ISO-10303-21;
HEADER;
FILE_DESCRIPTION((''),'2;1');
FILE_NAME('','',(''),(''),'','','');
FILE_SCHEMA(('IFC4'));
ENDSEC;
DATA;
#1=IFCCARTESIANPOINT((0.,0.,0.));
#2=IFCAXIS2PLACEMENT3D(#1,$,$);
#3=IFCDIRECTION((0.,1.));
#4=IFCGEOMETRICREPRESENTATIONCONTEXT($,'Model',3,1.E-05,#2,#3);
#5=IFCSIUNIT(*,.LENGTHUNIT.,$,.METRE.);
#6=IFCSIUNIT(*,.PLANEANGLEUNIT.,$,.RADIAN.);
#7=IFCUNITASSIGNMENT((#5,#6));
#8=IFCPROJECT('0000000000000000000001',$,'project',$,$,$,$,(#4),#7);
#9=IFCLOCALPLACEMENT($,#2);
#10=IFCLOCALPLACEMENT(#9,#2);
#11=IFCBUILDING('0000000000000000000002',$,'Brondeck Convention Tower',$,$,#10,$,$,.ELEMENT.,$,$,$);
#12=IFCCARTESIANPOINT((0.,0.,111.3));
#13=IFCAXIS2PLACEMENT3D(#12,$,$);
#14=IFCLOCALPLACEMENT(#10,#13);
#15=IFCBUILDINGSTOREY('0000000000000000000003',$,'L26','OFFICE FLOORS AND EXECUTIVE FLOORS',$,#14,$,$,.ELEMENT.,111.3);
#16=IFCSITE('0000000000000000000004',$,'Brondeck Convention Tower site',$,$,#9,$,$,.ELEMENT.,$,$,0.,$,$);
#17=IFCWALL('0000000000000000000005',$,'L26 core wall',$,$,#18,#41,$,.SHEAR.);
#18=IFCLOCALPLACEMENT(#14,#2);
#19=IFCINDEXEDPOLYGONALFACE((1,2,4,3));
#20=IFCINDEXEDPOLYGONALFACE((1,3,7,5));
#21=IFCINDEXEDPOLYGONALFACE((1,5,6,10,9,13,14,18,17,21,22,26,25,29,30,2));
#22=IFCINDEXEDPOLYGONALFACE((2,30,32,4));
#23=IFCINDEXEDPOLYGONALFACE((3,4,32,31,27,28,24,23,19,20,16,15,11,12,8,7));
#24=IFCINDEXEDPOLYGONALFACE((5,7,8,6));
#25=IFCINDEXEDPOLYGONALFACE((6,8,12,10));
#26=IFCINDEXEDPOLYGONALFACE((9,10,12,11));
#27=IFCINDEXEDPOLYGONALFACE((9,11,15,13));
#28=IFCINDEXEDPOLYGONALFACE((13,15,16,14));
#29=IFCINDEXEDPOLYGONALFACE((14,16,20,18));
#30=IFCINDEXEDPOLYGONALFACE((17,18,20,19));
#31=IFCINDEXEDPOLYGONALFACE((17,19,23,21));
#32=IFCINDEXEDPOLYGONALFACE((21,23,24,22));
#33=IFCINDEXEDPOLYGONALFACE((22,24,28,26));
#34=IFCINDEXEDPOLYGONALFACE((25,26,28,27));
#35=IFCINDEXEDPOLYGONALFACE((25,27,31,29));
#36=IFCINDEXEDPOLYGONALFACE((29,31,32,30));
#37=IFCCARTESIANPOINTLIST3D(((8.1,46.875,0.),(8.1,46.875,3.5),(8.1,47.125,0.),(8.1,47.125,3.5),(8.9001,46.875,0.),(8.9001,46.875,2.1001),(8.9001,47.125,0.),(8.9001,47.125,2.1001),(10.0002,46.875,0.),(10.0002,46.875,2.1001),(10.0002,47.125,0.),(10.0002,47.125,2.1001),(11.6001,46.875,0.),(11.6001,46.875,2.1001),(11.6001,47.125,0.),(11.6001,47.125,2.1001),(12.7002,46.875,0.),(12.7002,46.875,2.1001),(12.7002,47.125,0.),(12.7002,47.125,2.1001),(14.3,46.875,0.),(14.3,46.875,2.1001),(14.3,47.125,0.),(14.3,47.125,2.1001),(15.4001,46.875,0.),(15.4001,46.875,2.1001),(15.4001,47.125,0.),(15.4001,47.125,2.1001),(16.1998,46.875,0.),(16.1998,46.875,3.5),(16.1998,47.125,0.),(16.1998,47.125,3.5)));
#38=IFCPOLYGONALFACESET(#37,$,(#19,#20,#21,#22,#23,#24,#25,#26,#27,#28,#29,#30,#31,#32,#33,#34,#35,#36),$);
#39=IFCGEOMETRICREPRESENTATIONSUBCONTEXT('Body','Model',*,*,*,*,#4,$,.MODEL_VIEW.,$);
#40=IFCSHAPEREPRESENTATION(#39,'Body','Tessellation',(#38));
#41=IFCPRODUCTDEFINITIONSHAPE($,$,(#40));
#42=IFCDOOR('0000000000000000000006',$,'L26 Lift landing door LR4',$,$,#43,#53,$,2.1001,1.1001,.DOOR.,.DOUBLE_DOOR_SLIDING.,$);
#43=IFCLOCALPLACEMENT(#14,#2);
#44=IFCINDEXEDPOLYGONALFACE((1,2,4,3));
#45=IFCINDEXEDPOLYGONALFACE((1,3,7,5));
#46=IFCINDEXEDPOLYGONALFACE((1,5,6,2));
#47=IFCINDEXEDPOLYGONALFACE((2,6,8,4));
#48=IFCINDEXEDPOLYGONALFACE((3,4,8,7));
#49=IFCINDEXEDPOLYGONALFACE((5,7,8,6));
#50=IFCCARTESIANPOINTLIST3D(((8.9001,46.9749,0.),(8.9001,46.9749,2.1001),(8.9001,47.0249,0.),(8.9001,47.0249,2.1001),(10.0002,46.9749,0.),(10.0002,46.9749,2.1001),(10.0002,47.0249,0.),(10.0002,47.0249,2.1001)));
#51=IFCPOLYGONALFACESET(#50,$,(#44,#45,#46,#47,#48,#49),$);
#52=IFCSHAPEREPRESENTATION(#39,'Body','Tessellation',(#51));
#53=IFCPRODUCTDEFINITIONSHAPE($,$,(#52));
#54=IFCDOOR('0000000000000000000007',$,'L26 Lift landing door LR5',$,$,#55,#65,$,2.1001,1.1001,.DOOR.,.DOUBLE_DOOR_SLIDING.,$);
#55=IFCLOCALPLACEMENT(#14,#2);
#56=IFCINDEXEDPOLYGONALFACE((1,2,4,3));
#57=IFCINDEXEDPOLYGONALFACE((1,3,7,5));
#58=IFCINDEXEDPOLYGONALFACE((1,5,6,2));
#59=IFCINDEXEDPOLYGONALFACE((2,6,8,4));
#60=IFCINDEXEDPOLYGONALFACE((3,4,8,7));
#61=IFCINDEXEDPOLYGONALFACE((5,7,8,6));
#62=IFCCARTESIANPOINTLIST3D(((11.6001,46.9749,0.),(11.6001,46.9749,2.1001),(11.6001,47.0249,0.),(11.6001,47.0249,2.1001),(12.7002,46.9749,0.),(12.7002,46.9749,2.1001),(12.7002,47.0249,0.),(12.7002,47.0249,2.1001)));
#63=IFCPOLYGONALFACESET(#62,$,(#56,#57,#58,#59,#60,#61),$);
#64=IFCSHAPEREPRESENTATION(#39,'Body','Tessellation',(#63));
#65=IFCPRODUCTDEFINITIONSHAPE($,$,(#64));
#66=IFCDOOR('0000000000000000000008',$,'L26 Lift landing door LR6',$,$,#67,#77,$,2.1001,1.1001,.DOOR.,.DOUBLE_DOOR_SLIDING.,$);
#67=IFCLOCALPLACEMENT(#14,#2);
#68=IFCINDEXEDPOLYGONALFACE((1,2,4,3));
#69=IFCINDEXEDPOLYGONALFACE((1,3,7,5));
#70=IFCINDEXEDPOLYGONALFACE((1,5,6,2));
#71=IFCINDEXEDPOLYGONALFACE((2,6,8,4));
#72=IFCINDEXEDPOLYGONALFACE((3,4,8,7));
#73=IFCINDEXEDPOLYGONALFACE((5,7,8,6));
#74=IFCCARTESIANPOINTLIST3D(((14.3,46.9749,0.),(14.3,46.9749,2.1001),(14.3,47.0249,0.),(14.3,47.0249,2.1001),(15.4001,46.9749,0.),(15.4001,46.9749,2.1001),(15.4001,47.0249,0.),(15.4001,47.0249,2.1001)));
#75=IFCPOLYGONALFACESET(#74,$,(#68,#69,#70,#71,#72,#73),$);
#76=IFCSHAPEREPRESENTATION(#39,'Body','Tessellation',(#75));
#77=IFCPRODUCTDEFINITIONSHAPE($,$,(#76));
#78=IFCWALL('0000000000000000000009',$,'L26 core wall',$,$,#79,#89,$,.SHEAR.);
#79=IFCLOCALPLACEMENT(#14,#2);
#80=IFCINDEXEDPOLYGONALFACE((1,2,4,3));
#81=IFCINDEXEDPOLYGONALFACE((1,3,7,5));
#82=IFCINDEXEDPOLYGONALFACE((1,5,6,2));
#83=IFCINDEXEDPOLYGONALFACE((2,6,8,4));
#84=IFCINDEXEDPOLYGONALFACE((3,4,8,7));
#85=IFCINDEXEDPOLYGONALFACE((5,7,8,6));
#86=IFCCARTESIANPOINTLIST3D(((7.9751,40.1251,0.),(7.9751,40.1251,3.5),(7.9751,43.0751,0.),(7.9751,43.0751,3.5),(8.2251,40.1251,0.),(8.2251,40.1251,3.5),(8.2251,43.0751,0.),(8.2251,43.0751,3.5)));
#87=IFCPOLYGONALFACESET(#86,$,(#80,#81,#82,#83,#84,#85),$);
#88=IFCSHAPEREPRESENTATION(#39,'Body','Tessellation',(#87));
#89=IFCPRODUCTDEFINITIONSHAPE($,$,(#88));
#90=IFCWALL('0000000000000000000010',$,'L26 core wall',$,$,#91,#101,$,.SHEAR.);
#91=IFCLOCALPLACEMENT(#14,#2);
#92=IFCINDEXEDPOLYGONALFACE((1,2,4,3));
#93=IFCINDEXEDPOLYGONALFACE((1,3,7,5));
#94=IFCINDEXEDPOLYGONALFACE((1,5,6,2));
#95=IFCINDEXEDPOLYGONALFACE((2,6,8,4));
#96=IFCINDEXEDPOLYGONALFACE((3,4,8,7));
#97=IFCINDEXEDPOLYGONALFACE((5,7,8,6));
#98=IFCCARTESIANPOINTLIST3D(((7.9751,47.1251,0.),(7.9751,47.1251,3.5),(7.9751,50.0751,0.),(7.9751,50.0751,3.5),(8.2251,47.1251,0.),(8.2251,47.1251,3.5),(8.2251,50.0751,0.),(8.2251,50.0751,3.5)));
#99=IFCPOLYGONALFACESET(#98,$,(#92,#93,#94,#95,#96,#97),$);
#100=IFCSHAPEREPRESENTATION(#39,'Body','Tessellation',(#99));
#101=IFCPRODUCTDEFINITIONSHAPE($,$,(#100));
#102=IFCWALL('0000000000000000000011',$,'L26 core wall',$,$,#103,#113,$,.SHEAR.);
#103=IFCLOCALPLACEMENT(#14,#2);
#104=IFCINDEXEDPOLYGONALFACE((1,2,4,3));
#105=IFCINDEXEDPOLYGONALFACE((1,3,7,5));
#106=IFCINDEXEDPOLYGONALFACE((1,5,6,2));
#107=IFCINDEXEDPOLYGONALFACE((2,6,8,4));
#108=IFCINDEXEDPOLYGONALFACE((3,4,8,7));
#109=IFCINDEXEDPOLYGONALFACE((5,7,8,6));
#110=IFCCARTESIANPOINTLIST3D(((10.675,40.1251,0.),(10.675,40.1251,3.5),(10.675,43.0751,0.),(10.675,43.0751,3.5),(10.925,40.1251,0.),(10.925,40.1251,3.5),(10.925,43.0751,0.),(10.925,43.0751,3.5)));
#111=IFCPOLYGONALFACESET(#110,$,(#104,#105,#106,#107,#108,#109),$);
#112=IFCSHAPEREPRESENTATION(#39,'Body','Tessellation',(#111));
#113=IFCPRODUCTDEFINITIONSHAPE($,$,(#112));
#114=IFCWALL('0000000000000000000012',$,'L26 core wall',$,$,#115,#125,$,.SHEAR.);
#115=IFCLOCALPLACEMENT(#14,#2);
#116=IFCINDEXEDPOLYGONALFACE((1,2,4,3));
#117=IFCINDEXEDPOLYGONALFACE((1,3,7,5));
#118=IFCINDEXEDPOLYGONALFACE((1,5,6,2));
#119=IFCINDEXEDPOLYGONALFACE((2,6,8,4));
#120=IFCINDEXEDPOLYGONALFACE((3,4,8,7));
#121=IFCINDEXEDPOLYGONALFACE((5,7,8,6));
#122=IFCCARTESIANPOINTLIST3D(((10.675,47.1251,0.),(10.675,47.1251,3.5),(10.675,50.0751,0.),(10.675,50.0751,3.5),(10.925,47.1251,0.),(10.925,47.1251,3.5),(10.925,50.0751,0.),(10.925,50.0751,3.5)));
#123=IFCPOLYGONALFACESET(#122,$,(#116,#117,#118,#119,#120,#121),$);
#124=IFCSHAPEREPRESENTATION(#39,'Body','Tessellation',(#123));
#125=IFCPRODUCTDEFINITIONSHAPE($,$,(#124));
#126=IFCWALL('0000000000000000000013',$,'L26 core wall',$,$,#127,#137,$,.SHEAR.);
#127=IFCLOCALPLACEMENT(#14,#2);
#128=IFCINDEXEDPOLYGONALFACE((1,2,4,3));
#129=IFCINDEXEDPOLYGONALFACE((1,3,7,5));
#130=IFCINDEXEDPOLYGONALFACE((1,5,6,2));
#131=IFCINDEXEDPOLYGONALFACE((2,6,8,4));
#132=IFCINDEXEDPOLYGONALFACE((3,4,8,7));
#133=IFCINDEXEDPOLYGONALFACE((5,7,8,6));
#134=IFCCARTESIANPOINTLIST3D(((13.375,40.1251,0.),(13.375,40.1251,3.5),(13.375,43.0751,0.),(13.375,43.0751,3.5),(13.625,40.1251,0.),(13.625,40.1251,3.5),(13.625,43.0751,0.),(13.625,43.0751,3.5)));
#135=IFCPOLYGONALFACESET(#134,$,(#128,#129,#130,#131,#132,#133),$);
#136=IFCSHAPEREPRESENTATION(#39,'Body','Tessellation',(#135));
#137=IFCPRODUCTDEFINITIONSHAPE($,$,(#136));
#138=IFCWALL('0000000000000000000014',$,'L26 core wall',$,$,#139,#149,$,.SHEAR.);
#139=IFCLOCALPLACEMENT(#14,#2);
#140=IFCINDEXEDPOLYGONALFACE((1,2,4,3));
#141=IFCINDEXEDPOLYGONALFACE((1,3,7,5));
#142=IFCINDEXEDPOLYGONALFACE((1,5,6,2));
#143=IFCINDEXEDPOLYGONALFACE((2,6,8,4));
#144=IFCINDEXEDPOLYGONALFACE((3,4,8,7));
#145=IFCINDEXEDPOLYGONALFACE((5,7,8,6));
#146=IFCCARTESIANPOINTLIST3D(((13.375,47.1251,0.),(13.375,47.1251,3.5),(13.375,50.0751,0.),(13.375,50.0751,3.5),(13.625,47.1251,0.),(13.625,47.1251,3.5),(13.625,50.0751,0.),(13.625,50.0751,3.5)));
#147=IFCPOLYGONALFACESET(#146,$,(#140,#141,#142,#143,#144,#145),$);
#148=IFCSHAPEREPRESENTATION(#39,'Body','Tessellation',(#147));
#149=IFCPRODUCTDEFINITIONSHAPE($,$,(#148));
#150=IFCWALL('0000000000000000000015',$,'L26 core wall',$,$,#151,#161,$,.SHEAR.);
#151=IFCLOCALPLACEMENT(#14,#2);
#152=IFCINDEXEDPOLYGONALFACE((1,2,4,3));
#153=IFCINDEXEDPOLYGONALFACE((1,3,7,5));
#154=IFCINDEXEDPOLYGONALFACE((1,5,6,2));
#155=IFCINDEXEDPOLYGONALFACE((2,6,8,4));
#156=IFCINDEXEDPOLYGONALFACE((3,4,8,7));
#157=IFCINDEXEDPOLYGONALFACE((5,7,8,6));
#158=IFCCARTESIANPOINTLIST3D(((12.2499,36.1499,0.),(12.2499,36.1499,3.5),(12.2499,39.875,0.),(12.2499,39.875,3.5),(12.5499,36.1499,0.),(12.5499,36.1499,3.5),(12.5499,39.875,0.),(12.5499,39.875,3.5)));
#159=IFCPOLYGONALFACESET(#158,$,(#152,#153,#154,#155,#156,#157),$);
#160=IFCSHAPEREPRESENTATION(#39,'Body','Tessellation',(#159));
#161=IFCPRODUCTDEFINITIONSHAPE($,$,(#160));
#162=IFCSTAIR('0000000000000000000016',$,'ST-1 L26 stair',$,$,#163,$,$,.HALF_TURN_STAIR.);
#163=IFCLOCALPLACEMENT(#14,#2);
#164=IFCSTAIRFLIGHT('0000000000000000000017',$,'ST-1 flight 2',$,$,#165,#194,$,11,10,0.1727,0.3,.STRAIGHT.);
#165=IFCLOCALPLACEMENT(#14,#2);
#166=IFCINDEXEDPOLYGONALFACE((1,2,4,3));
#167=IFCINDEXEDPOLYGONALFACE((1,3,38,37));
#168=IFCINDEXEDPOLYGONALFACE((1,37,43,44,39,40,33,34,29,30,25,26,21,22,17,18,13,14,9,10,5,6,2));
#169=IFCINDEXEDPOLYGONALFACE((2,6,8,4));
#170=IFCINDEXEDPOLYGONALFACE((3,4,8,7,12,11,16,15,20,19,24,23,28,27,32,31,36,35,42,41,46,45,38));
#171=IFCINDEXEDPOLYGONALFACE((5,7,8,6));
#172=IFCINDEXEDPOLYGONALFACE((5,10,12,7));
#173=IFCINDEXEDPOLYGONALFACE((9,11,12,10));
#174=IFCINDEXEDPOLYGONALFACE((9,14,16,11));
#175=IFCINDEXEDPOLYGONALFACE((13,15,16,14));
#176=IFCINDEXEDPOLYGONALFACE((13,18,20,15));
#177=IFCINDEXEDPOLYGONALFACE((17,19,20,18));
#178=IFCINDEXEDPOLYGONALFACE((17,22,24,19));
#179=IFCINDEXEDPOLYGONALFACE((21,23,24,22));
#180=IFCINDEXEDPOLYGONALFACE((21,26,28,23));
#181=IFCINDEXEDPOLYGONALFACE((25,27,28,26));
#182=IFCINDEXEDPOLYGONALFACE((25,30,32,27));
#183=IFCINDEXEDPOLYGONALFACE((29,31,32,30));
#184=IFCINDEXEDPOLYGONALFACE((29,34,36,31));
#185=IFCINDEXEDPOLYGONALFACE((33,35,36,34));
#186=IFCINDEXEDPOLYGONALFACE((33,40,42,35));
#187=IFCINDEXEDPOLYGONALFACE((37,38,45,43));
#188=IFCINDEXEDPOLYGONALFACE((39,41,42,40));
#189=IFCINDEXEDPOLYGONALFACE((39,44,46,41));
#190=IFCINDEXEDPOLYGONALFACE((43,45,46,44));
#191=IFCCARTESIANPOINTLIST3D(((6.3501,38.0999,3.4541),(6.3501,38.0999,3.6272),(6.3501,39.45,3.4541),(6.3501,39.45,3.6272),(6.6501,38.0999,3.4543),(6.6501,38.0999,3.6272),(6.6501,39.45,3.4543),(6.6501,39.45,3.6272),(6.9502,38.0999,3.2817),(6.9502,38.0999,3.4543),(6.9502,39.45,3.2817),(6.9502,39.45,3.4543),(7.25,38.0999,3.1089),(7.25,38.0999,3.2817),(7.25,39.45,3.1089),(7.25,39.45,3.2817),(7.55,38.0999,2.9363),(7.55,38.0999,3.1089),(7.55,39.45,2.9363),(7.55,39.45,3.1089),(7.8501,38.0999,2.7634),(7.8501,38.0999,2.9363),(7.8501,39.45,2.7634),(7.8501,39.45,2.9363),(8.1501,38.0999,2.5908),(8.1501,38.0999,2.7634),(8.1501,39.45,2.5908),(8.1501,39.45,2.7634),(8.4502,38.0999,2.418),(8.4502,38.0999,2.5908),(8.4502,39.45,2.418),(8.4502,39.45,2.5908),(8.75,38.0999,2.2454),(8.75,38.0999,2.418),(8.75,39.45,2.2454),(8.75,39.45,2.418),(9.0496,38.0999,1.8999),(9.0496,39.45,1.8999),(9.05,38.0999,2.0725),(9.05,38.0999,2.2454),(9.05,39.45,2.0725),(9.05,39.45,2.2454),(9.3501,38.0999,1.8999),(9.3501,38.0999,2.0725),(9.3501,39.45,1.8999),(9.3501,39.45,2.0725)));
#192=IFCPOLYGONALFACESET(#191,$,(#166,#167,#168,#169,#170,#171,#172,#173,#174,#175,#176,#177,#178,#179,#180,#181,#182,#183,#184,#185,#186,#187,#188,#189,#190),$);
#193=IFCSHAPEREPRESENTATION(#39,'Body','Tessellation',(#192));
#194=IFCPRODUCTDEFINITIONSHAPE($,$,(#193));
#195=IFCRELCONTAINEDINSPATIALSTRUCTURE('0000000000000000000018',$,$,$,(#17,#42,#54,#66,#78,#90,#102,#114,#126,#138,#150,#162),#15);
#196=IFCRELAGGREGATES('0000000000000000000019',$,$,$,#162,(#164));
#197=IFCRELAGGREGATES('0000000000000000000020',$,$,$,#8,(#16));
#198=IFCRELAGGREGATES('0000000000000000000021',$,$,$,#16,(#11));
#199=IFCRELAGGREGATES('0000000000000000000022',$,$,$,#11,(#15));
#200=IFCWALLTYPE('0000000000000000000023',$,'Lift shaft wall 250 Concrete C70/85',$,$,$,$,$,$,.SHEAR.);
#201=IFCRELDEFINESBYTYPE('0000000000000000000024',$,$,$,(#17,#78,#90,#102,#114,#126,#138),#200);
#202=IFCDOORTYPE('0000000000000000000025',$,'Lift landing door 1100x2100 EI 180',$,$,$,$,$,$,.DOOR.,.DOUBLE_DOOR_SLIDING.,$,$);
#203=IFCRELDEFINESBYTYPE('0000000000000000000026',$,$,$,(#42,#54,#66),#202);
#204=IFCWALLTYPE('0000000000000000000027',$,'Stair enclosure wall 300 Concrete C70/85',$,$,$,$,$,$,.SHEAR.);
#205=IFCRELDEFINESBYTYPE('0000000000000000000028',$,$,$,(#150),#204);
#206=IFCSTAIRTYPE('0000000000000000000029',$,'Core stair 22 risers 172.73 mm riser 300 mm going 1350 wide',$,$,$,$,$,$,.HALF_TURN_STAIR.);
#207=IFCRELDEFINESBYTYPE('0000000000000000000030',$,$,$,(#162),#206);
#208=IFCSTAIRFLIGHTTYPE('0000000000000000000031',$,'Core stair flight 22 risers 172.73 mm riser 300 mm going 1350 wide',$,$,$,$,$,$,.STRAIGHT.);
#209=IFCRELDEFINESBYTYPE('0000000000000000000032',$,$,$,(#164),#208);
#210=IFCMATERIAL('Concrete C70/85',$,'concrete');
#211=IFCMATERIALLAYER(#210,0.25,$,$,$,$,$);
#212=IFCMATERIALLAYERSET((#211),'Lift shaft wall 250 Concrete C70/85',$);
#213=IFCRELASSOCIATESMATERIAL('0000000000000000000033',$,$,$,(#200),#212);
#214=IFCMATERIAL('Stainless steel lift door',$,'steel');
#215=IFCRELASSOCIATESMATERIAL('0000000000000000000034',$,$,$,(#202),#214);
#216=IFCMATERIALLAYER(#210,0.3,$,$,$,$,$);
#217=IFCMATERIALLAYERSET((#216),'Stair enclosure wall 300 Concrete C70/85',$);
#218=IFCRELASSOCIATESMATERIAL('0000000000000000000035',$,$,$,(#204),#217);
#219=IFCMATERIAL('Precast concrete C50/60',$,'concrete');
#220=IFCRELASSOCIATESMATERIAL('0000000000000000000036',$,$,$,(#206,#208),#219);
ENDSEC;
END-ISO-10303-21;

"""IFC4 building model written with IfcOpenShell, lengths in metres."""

from ifc_helpers import new_model, si_unit, direction, frame, frame_2d, origin, place, context, subcontext, project, spatial, polyline, rectangle, outline, extrude, material, layer, layer_set, type_object, element, fill, aggregate, save


model = new_model("IFC4")

# Units and contexts
model_context = context("Model", 3, precision=1e-05, world=origin(), true_north=direction((0.0, 1.0)))
body_context = subcontext(model_context, "Body", "Model", "MODEL_VIEW")
ifc_project = project(units=[si_unit("LENGTHUNIT", "METRE"), si_unit("PLANEANGLEUNIT", "RADIAN")], contexts=[model_context])

# Site, building, storey
site_placement = place(None, origin())
site = spatial("IfcSite", under=ifc_project, at=site_placement, Name="Brondeck Convention Tower site", CompositionType="ELEMENT", RefElevation=0.0)
building_placement = place(site_placement, origin())
building = spatial("IfcBuilding", under=site, at=building_placement, Name="Brondeck Convention Tower", CompositionType="ELEMENT")
storey_placement = place(building_placement, frame((0.0, 0.0, 111.3)))
storey = spatial("IfcBuildingStorey", under=building, at=storey_placement, Name="L26", Description="OFFICE FLOORS AND EXECUTIVE FLOORS", CompositionType="ELEMENT", Elevation=111.3)

# Shared definitions
ifc_material_1 = material(Name="Concrete C70/85", Category="concrete")

# Wall, openings, doors
ifc_layer_1 = layer(ifc_material_1, 0.25)
ifc_layer_set_1 = layer_set([ifc_layer_1], Name="Lift shaft wall 250 Concrete C70/85")
wall_type_1 = type_object("IfcWallType", Name="Lift shaft wall 250 Concrete C70/85", PredefinedType="SHEAR", material=ifc_layer_set_1)
ifc_material_2 = material(Name="Stainless steel lift door", Category="steel")
door_type_1 = type_object("IfcDoorType", Name="Lift landing door 1100x2100 EI 180", OperationType="DOUBLE_DOOR_SLIDING", PredefinedType="DOOR", material=ifc_material_2)
wall_1_placement = place(storey_placement, frame((8.1001, 47.0, 0.0), z_axis=(0.0, 0.0, 1.0), x_axis=(1.0, 0.0, 0.0)))
wall_1 = element("IfcWall", 1, at=wall_1_placement, inside=storey, type_object=wall_type_1, Name="L26 core wall", PredefinedType="SHEAR", context=body_context, shape_type="SweptSolid", body=[
    extrude(rectangle(XDim=8.0999, YDim=0.25, at=frame_2d((4.0498, 0.0))), origin(), (0.0, 0.0, 1.0), 3.5),
])
opening_1_placement = place(wall_1_placement, frame((0.8, 0.0, 0.0)))
opening_1 = element("IfcOpeningElement", 2, at=opening_1_placement, cuts=wall_1, PredefinedType="OPENING", context=body_context, shape_type="SweptSolid", body=[
    extrude(rectangle(XDim=1.1001, YDim=2.1001, at=frame_2d((0.55, 1.05))), frame((0.0, 0.135, 0.0), z_axis=(0.0, -1.0, 0.0), x_axis=(1.0, 0.0, 0.0)), (0.0, 0.0, 1.0), 0.27),
])
opening_2_placement = place(wall_1_placement, frame((3.5, 0.0, 0.0)))
opening_2 = element("IfcOpeningElement", 3, at=opening_2_placement, cuts=wall_1, PredefinedType="OPENING", context=body_context, shape_type="SweptSolid", body=[
    extrude(rectangle(XDim=1.1001, YDim=2.1001, at=frame_2d((0.55, 1.05))), frame((0.0, 0.135, 0.0), z_axis=(0.0, -1.0, 0.0), x_axis=(1.0, 0.0, 0.0)), (0.0, 0.0, 1.0), 0.27),
])
opening_3_placement = place(wall_1_placement, frame((6.2, 0.0, 0.0)))
opening_3 = element("IfcOpeningElement", 4, at=opening_3_placement, cuts=wall_1, PredefinedType="OPENING", context=body_context, shape_type="SweptSolid", body=[
    extrude(rectangle(XDim=1.1001, YDim=2.1001, at=frame_2d((0.55, 1.05))), frame((0.0, 0.135, 0.0), z_axis=(0.0, -1.0, 0.0), x_axis=(1.0, 0.0, 0.0)), (0.0, 0.0, 1.0), 0.27),
])
door_1_placement = place(opening_1_placement, origin())
door_1 = element("IfcDoor", 5, at=door_1_placement, inside=storey, type_object=door_type_1, Name="L26 Lift landing door LR4", OperationType="DOUBLE_DOOR_SLIDING", OverallHeight=2.1001, OverallWidth=1.1001, PredefinedType="DOOR", context=body_context, shape_type="SweptSolid", body=[
    extrude(rectangle(XDim=1.1001, YDim=2.1001, at=frame_2d((0.55, 1.05))), frame((0.0, 0.0249, 0.0), z_axis=(0.0, -1.0, 0.0), x_axis=(1.0, 0.0, 0.0)), (0.0, 0.0, 1.0), 0.05),
])
fill(opening_1, door_1)
door_2_placement = place(opening_2_placement, origin())
door_2 = element("IfcDoor", 6, at=door_2_placement, inside=storey, type_object=door_type_1, Name="L26 Lift landing door LR5", OperationType="DOUBLE_DOOR_SLIDING", OverallHeight=2.1001, OverallWidth=1.1001, PredefinedType="DOOR", context=body_context, shape_type="SweptSolid", body=[
    extrude(rectangle(XDim=1.1001, YDim=2.1001, at=frame_2d((0.55, 1.05))), frame((0.0, 0.0249, 0.0), z_axis=(0.0, -1.0, 0.0), x_axis=(1.0, 0.0, 0.0)), (0.0, 0.0, 1.0), 0.05),
])
fill(opening_2, door_2)
door_3_placement = place(opening_3_placement, origin())
door_3 = element("IfcDoor", 7, at=door_3_placement, inside=storey, type_object=door_type_1, Name="L26 Lift landing door LR6", OperationType="DOUBLE_DOOR_SLIDING", OverallHeight=2.1001, OverallWidth=1.1001, PredefinedType="DOOR", context=body_context, shape_type="SweptSolid", body=[
    extrude(rectangle(XDim=1.1001, YDim=2.1001, at=frame_2d((0.55, 1.05))), frame((0.0, 0.0249, 0.0), z_axis=(0.0, -1.0, 0.0), x_axis=(1.0, 0.0, 0.0)), (0.0, 0.0, 1.0), 0.05),
])
fill(opening_3, door_3)

# Walls
for number, where, z_axis, x_axis, name in (
    (8, (8.1001, 40.125, 0.0), (0.0, 0.0, 1.0), (0.0, 1.0, 0.0), "L26 core wall"),
    (9, (8.1001, 47.125, 0.0), (0.0, 0.0, 1.0), (0.0, 1.0, 0.0), "L26 core wall"),
    (10, (10.8, 40.125, 0.0), (0.0, 0.0, 1.0), (0.0, 1.0, 0.0), "L26 core wall"),
    (11, (10.8, 47.125, 0.0), (0.0, 0.0, 1.0), (0.0, 1.0, 0.0), "L26 core wall"),
    (12, (13.5, 40.125, 0.0), (0.0, 0.0, 1.0), (0.0, 1.0, 0.0), "L26 core wall"),
    (13, (13.5, 47.125, 0.0), (0.0, 0.0, 1.0), (0.0, 1.0, 0.0), "L26 core wall"),
):
    element("IfcWall", number, at=place(storey_placement, frame(where, z_axis=z_axis, x_axis=x_axis)), inside=storey, type_object=wall_type_1, Name=name, PredefinedType="SHEAR", context=body_context, shape_type="SweptSolid", body=[
        extrude(rectangle(XDim=2.95, YDim=0.25, at=frame_2d((1.4751, 0.0))), origin(), (0.0, 0.0, 1.0), 3.5),
    ])
ifc_layer_2 = layer(ifc_material_1, 0.3)
ifc_layer_set_2 = layer_set([ifc_layer_2], Name="Stair enclosure wall 300 Concrete C70/85")
wall_type_2 = type_object("IfcWallType", Name="Stair enclosure wall 300 Concrete C70/85", PredefinedType="SHEAR", material=ifc_layer_set_2)
wall_2_placement = place(storey_placement, frame((12.3999, 36.1499, 0.0), z_axis=(0.0, 0.0, 1.0), x_axis=(0.0, 1.0, 0.0)))
element("IfcWall", 14, at=wall_2_placement, inside=storey, type_object=wall_type_2, Name="L26 core wall", PredefinedType="SHEAR", context=body_context, shape_type="SweptSolid", body=[
    extrude(rectangle(XDim=3.7251, YDim=0.3, at=frame_2d((1.8625, 0.0))), origin(), (0.0, 0.0, 1.0), 3.5),
])

# Stair, stair flight
ifc_material_3 = material(Name="Precast concrete C50/60", Category="concrete")
stair_type = type_object("IfcStairType", Name="Core stair 22 risers 172.73 mm riser 300 mm going 1350 wide", PredefinedType="HALF_TURN_STAIR", material=ifc_material_3)
stair_placement = place(storey_placement, origin())
stair = element("IfcStair", 15, at=stair_placement, inside=storey, type_object=stair_type, Name="ST-1 L26 stair", PredefinedType="HALF_TURN_STAIR")
stair_flight_type = type_object("IfcStairFlightType", Name="Core stair flight 22 risers 172.73 mm riser 300 mm going 1350 wide", PredefinedType="STRAIGHT", material=ifc_material_3)
stair_flight_placement = place(storey_placement, frame((9.3501, 38.7749, 1.8999), z_axis=(0.0, 0.0, 1.0), x_axis=(-1.0, 0.0, 0.0)))
stair_flight = element("IfcStairFlight", 16, at=stair_flight_placement, type_object=stair_flight_type, Name="ST-1 flight 2", NumberOfRisers=11, NumberOfTreads=10, PredefinedType="STRAIGHT", RiserHeight=0.1727, TreadLength=0.3, context=body_context, shape_type="SweptSolid", body=[
    extrude(outline(polyline([(0.0, 0.0), (0.0, 0.1726), (0.3, 0.1726), (0.3, 0.3455), (0.6001, 0.3455), (0.6001, 0.5181), (0.8999, 0.5181), (0.8999, 0.6909), (1.2, 0.6909), (1.2, 0.8635), (1.5, 0.8635), (1.5, 1.0364), (1.8, 1.0364), (1.8, 1.209), (2.1001, 1.209), (2.1001, 1.3818), (2.3999, 1.3818), (2.3999, 1.5544), (2.7, 1.5544), (2.7, 1.7273), (3.0, 1.7273), (3.0, 1.8999), (3.0, 1.5542), (0.3005, 0.0), (0.0, 0.0)])), frame((0.0, 0.675, 0.0), z_axis=(0.0, -1.0, 0.0), x_axis=(1.0, 0.0, 0.0)), (0.0, 0.0, 1.0), 1.3501),
])
aggregate(stair, [stair_flight])

save(model, "model.ifc")
